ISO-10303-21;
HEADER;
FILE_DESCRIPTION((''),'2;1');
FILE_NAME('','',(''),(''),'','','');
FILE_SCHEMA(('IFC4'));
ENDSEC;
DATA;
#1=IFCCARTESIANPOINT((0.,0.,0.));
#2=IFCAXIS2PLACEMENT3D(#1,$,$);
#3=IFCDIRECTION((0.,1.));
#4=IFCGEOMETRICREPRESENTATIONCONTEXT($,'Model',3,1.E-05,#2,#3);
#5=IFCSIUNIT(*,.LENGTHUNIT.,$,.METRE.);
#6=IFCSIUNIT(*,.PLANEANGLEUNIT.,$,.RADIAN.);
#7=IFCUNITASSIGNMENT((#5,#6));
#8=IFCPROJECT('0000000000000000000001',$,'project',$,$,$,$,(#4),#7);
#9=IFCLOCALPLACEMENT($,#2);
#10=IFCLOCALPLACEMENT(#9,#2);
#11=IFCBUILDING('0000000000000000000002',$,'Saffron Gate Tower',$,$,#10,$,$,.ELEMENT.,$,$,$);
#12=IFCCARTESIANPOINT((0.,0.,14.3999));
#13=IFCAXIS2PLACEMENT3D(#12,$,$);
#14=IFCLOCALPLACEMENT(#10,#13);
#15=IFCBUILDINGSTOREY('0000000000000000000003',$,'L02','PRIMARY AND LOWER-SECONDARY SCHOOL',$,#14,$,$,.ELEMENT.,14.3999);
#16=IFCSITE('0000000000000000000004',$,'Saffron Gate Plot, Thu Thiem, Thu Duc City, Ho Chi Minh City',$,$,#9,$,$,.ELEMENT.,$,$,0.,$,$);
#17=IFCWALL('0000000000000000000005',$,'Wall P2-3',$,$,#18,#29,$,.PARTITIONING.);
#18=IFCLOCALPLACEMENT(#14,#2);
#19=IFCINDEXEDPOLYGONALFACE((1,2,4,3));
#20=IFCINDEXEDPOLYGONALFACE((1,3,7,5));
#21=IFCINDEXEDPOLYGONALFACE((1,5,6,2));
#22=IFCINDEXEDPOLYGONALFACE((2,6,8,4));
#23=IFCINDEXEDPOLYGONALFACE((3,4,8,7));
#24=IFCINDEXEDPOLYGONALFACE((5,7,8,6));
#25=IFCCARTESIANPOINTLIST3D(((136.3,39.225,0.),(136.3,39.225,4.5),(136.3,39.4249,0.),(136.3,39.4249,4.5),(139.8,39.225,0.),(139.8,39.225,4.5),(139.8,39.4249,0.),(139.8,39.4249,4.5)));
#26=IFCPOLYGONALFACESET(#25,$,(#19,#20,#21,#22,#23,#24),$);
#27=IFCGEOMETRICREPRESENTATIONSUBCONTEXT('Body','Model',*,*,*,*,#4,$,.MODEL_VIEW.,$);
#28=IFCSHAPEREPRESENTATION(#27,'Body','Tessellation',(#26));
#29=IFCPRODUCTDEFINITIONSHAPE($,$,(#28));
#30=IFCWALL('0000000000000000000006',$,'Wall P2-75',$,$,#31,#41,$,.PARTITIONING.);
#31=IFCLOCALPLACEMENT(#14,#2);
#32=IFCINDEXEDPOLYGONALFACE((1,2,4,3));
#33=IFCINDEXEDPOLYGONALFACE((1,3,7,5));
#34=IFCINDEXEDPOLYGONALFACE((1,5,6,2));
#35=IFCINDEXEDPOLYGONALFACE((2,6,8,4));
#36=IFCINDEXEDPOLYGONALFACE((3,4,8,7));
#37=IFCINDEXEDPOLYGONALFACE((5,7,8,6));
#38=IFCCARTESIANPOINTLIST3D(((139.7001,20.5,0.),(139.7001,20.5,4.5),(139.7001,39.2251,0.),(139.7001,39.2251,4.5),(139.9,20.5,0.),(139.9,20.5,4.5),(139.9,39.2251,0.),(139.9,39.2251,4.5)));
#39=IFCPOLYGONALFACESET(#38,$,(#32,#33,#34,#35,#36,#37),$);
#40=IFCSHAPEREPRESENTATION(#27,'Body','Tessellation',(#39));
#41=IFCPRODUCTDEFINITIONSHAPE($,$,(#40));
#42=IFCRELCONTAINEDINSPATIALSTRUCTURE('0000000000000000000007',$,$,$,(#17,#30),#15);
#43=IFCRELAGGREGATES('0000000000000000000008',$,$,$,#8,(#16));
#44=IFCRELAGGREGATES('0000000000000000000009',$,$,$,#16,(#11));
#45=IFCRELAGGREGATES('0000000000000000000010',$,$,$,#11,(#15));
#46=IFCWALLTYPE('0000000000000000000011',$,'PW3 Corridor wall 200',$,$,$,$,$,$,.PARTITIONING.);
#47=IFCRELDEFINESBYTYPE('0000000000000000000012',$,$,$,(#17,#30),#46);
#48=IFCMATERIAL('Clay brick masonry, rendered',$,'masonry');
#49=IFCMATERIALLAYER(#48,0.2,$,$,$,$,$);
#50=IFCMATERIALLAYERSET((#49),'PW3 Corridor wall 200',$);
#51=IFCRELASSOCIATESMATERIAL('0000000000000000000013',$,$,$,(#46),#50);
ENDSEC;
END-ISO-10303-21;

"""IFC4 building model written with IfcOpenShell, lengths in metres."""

from ifc_helpers import new_model, si_unit, direction, frame, frame_2d, origin, place, context, subcontext, project, spatial, rectangle, extrude, material, layer, layer_set, type_object, element, save


model = new_model("IFC4")

# Units and contexts
model_context = context("Model", 3, precision=1e-05, world=origin(), true_north=direction((0.0, 1.0)))
body_context = subcontext(model_context, "Body", "Model", "MODEL_VIEW")
ifc_project = project(units=[si_unit("LENGTHUNIT", "METRE"), si_unit("PLANEANGLEUNIT", "RADIAN")], contexts=[model_context])

# Site, building, storey
site_placement = place(None, origin())
site = spatial("IfcSite", under=ifc_project, at=site_placement, Name="Saffron Gate Plot, Thu Thiem, Thu Duc City, Ho Chi Minh City", CompositionType="ELEMENT", RefElevation=0.0)
building_placement = place(site_placement, origin())
building = spatial("IfcBuilding", under=site, at=building_placement, Name="Saffron Gate Tower", CompositionType="ELEMENT")
storey_placement = place(building_placement, frame((0.0, 0.0, 14.3999)))
storey = spatial("IfcBuildingStorey", under=building, at=storey_placement, Name="L02", Description="PRIMARY AND LOWER-SECONDARY SCHOOL", CompositionType="ELEMENT", Elevation=14.3999)

# Walls
ifc_material_1 = material(Name="Clay brick masonry, rendered", Category="masonry")
ifc_layer = layer(ifc_material_1, 0.2)
ifc_layer_set = layer_set([ifc_layer], Name="PW3 Corridor wall 200")
wall_type = type_object("IfcWallType", Name="PW3 Corridor wall 200", PredefinedType="PARTITIONING", material=ifc_layer_set)
wall_1_placement = place(storey_placement, frame((136.3, 39.325, 0.0), z_axis=(0.0, 0.0, 1.0), x_axis=(1.0, 0.0, 0.0)))
element("IfcWall", 1, at=wall_1_placement, inside=storey, type_object=wall_type, Name="Wall P2-3", PredefinedType="PARTITIONING", context=body_context, shape_type="SweptSolid", body=[
    extrude(rectangle(XDim=3.5, YDim=0.2, at=frame_2d((1.75, 0.0))), origin(), (0.0, 0.0, 1.0), 4.5),
])
wall_2_placement = place(storey_placement, frame((139.8, 39.2251, 0.0), z_axis=(0.0, 0.0, 1.0), x_axis=(0.0, -1.0, 0.0)))
element("IfcWall", 2, at=wall_2_placement, inside=storey, type_object=wall_type, Name="Wall P2-75", PredefinedType="PARTITIONING", context=body_context, shape_type="SweptSolid", body=[
    extrude(rectangle(XDim=18.7251, YDim=0.2, at=frame_2d((9.3625, 0.0))), origin(), (0.0, 0.0, 1.0), 4.5),
])

save(model, "model.ifc")
